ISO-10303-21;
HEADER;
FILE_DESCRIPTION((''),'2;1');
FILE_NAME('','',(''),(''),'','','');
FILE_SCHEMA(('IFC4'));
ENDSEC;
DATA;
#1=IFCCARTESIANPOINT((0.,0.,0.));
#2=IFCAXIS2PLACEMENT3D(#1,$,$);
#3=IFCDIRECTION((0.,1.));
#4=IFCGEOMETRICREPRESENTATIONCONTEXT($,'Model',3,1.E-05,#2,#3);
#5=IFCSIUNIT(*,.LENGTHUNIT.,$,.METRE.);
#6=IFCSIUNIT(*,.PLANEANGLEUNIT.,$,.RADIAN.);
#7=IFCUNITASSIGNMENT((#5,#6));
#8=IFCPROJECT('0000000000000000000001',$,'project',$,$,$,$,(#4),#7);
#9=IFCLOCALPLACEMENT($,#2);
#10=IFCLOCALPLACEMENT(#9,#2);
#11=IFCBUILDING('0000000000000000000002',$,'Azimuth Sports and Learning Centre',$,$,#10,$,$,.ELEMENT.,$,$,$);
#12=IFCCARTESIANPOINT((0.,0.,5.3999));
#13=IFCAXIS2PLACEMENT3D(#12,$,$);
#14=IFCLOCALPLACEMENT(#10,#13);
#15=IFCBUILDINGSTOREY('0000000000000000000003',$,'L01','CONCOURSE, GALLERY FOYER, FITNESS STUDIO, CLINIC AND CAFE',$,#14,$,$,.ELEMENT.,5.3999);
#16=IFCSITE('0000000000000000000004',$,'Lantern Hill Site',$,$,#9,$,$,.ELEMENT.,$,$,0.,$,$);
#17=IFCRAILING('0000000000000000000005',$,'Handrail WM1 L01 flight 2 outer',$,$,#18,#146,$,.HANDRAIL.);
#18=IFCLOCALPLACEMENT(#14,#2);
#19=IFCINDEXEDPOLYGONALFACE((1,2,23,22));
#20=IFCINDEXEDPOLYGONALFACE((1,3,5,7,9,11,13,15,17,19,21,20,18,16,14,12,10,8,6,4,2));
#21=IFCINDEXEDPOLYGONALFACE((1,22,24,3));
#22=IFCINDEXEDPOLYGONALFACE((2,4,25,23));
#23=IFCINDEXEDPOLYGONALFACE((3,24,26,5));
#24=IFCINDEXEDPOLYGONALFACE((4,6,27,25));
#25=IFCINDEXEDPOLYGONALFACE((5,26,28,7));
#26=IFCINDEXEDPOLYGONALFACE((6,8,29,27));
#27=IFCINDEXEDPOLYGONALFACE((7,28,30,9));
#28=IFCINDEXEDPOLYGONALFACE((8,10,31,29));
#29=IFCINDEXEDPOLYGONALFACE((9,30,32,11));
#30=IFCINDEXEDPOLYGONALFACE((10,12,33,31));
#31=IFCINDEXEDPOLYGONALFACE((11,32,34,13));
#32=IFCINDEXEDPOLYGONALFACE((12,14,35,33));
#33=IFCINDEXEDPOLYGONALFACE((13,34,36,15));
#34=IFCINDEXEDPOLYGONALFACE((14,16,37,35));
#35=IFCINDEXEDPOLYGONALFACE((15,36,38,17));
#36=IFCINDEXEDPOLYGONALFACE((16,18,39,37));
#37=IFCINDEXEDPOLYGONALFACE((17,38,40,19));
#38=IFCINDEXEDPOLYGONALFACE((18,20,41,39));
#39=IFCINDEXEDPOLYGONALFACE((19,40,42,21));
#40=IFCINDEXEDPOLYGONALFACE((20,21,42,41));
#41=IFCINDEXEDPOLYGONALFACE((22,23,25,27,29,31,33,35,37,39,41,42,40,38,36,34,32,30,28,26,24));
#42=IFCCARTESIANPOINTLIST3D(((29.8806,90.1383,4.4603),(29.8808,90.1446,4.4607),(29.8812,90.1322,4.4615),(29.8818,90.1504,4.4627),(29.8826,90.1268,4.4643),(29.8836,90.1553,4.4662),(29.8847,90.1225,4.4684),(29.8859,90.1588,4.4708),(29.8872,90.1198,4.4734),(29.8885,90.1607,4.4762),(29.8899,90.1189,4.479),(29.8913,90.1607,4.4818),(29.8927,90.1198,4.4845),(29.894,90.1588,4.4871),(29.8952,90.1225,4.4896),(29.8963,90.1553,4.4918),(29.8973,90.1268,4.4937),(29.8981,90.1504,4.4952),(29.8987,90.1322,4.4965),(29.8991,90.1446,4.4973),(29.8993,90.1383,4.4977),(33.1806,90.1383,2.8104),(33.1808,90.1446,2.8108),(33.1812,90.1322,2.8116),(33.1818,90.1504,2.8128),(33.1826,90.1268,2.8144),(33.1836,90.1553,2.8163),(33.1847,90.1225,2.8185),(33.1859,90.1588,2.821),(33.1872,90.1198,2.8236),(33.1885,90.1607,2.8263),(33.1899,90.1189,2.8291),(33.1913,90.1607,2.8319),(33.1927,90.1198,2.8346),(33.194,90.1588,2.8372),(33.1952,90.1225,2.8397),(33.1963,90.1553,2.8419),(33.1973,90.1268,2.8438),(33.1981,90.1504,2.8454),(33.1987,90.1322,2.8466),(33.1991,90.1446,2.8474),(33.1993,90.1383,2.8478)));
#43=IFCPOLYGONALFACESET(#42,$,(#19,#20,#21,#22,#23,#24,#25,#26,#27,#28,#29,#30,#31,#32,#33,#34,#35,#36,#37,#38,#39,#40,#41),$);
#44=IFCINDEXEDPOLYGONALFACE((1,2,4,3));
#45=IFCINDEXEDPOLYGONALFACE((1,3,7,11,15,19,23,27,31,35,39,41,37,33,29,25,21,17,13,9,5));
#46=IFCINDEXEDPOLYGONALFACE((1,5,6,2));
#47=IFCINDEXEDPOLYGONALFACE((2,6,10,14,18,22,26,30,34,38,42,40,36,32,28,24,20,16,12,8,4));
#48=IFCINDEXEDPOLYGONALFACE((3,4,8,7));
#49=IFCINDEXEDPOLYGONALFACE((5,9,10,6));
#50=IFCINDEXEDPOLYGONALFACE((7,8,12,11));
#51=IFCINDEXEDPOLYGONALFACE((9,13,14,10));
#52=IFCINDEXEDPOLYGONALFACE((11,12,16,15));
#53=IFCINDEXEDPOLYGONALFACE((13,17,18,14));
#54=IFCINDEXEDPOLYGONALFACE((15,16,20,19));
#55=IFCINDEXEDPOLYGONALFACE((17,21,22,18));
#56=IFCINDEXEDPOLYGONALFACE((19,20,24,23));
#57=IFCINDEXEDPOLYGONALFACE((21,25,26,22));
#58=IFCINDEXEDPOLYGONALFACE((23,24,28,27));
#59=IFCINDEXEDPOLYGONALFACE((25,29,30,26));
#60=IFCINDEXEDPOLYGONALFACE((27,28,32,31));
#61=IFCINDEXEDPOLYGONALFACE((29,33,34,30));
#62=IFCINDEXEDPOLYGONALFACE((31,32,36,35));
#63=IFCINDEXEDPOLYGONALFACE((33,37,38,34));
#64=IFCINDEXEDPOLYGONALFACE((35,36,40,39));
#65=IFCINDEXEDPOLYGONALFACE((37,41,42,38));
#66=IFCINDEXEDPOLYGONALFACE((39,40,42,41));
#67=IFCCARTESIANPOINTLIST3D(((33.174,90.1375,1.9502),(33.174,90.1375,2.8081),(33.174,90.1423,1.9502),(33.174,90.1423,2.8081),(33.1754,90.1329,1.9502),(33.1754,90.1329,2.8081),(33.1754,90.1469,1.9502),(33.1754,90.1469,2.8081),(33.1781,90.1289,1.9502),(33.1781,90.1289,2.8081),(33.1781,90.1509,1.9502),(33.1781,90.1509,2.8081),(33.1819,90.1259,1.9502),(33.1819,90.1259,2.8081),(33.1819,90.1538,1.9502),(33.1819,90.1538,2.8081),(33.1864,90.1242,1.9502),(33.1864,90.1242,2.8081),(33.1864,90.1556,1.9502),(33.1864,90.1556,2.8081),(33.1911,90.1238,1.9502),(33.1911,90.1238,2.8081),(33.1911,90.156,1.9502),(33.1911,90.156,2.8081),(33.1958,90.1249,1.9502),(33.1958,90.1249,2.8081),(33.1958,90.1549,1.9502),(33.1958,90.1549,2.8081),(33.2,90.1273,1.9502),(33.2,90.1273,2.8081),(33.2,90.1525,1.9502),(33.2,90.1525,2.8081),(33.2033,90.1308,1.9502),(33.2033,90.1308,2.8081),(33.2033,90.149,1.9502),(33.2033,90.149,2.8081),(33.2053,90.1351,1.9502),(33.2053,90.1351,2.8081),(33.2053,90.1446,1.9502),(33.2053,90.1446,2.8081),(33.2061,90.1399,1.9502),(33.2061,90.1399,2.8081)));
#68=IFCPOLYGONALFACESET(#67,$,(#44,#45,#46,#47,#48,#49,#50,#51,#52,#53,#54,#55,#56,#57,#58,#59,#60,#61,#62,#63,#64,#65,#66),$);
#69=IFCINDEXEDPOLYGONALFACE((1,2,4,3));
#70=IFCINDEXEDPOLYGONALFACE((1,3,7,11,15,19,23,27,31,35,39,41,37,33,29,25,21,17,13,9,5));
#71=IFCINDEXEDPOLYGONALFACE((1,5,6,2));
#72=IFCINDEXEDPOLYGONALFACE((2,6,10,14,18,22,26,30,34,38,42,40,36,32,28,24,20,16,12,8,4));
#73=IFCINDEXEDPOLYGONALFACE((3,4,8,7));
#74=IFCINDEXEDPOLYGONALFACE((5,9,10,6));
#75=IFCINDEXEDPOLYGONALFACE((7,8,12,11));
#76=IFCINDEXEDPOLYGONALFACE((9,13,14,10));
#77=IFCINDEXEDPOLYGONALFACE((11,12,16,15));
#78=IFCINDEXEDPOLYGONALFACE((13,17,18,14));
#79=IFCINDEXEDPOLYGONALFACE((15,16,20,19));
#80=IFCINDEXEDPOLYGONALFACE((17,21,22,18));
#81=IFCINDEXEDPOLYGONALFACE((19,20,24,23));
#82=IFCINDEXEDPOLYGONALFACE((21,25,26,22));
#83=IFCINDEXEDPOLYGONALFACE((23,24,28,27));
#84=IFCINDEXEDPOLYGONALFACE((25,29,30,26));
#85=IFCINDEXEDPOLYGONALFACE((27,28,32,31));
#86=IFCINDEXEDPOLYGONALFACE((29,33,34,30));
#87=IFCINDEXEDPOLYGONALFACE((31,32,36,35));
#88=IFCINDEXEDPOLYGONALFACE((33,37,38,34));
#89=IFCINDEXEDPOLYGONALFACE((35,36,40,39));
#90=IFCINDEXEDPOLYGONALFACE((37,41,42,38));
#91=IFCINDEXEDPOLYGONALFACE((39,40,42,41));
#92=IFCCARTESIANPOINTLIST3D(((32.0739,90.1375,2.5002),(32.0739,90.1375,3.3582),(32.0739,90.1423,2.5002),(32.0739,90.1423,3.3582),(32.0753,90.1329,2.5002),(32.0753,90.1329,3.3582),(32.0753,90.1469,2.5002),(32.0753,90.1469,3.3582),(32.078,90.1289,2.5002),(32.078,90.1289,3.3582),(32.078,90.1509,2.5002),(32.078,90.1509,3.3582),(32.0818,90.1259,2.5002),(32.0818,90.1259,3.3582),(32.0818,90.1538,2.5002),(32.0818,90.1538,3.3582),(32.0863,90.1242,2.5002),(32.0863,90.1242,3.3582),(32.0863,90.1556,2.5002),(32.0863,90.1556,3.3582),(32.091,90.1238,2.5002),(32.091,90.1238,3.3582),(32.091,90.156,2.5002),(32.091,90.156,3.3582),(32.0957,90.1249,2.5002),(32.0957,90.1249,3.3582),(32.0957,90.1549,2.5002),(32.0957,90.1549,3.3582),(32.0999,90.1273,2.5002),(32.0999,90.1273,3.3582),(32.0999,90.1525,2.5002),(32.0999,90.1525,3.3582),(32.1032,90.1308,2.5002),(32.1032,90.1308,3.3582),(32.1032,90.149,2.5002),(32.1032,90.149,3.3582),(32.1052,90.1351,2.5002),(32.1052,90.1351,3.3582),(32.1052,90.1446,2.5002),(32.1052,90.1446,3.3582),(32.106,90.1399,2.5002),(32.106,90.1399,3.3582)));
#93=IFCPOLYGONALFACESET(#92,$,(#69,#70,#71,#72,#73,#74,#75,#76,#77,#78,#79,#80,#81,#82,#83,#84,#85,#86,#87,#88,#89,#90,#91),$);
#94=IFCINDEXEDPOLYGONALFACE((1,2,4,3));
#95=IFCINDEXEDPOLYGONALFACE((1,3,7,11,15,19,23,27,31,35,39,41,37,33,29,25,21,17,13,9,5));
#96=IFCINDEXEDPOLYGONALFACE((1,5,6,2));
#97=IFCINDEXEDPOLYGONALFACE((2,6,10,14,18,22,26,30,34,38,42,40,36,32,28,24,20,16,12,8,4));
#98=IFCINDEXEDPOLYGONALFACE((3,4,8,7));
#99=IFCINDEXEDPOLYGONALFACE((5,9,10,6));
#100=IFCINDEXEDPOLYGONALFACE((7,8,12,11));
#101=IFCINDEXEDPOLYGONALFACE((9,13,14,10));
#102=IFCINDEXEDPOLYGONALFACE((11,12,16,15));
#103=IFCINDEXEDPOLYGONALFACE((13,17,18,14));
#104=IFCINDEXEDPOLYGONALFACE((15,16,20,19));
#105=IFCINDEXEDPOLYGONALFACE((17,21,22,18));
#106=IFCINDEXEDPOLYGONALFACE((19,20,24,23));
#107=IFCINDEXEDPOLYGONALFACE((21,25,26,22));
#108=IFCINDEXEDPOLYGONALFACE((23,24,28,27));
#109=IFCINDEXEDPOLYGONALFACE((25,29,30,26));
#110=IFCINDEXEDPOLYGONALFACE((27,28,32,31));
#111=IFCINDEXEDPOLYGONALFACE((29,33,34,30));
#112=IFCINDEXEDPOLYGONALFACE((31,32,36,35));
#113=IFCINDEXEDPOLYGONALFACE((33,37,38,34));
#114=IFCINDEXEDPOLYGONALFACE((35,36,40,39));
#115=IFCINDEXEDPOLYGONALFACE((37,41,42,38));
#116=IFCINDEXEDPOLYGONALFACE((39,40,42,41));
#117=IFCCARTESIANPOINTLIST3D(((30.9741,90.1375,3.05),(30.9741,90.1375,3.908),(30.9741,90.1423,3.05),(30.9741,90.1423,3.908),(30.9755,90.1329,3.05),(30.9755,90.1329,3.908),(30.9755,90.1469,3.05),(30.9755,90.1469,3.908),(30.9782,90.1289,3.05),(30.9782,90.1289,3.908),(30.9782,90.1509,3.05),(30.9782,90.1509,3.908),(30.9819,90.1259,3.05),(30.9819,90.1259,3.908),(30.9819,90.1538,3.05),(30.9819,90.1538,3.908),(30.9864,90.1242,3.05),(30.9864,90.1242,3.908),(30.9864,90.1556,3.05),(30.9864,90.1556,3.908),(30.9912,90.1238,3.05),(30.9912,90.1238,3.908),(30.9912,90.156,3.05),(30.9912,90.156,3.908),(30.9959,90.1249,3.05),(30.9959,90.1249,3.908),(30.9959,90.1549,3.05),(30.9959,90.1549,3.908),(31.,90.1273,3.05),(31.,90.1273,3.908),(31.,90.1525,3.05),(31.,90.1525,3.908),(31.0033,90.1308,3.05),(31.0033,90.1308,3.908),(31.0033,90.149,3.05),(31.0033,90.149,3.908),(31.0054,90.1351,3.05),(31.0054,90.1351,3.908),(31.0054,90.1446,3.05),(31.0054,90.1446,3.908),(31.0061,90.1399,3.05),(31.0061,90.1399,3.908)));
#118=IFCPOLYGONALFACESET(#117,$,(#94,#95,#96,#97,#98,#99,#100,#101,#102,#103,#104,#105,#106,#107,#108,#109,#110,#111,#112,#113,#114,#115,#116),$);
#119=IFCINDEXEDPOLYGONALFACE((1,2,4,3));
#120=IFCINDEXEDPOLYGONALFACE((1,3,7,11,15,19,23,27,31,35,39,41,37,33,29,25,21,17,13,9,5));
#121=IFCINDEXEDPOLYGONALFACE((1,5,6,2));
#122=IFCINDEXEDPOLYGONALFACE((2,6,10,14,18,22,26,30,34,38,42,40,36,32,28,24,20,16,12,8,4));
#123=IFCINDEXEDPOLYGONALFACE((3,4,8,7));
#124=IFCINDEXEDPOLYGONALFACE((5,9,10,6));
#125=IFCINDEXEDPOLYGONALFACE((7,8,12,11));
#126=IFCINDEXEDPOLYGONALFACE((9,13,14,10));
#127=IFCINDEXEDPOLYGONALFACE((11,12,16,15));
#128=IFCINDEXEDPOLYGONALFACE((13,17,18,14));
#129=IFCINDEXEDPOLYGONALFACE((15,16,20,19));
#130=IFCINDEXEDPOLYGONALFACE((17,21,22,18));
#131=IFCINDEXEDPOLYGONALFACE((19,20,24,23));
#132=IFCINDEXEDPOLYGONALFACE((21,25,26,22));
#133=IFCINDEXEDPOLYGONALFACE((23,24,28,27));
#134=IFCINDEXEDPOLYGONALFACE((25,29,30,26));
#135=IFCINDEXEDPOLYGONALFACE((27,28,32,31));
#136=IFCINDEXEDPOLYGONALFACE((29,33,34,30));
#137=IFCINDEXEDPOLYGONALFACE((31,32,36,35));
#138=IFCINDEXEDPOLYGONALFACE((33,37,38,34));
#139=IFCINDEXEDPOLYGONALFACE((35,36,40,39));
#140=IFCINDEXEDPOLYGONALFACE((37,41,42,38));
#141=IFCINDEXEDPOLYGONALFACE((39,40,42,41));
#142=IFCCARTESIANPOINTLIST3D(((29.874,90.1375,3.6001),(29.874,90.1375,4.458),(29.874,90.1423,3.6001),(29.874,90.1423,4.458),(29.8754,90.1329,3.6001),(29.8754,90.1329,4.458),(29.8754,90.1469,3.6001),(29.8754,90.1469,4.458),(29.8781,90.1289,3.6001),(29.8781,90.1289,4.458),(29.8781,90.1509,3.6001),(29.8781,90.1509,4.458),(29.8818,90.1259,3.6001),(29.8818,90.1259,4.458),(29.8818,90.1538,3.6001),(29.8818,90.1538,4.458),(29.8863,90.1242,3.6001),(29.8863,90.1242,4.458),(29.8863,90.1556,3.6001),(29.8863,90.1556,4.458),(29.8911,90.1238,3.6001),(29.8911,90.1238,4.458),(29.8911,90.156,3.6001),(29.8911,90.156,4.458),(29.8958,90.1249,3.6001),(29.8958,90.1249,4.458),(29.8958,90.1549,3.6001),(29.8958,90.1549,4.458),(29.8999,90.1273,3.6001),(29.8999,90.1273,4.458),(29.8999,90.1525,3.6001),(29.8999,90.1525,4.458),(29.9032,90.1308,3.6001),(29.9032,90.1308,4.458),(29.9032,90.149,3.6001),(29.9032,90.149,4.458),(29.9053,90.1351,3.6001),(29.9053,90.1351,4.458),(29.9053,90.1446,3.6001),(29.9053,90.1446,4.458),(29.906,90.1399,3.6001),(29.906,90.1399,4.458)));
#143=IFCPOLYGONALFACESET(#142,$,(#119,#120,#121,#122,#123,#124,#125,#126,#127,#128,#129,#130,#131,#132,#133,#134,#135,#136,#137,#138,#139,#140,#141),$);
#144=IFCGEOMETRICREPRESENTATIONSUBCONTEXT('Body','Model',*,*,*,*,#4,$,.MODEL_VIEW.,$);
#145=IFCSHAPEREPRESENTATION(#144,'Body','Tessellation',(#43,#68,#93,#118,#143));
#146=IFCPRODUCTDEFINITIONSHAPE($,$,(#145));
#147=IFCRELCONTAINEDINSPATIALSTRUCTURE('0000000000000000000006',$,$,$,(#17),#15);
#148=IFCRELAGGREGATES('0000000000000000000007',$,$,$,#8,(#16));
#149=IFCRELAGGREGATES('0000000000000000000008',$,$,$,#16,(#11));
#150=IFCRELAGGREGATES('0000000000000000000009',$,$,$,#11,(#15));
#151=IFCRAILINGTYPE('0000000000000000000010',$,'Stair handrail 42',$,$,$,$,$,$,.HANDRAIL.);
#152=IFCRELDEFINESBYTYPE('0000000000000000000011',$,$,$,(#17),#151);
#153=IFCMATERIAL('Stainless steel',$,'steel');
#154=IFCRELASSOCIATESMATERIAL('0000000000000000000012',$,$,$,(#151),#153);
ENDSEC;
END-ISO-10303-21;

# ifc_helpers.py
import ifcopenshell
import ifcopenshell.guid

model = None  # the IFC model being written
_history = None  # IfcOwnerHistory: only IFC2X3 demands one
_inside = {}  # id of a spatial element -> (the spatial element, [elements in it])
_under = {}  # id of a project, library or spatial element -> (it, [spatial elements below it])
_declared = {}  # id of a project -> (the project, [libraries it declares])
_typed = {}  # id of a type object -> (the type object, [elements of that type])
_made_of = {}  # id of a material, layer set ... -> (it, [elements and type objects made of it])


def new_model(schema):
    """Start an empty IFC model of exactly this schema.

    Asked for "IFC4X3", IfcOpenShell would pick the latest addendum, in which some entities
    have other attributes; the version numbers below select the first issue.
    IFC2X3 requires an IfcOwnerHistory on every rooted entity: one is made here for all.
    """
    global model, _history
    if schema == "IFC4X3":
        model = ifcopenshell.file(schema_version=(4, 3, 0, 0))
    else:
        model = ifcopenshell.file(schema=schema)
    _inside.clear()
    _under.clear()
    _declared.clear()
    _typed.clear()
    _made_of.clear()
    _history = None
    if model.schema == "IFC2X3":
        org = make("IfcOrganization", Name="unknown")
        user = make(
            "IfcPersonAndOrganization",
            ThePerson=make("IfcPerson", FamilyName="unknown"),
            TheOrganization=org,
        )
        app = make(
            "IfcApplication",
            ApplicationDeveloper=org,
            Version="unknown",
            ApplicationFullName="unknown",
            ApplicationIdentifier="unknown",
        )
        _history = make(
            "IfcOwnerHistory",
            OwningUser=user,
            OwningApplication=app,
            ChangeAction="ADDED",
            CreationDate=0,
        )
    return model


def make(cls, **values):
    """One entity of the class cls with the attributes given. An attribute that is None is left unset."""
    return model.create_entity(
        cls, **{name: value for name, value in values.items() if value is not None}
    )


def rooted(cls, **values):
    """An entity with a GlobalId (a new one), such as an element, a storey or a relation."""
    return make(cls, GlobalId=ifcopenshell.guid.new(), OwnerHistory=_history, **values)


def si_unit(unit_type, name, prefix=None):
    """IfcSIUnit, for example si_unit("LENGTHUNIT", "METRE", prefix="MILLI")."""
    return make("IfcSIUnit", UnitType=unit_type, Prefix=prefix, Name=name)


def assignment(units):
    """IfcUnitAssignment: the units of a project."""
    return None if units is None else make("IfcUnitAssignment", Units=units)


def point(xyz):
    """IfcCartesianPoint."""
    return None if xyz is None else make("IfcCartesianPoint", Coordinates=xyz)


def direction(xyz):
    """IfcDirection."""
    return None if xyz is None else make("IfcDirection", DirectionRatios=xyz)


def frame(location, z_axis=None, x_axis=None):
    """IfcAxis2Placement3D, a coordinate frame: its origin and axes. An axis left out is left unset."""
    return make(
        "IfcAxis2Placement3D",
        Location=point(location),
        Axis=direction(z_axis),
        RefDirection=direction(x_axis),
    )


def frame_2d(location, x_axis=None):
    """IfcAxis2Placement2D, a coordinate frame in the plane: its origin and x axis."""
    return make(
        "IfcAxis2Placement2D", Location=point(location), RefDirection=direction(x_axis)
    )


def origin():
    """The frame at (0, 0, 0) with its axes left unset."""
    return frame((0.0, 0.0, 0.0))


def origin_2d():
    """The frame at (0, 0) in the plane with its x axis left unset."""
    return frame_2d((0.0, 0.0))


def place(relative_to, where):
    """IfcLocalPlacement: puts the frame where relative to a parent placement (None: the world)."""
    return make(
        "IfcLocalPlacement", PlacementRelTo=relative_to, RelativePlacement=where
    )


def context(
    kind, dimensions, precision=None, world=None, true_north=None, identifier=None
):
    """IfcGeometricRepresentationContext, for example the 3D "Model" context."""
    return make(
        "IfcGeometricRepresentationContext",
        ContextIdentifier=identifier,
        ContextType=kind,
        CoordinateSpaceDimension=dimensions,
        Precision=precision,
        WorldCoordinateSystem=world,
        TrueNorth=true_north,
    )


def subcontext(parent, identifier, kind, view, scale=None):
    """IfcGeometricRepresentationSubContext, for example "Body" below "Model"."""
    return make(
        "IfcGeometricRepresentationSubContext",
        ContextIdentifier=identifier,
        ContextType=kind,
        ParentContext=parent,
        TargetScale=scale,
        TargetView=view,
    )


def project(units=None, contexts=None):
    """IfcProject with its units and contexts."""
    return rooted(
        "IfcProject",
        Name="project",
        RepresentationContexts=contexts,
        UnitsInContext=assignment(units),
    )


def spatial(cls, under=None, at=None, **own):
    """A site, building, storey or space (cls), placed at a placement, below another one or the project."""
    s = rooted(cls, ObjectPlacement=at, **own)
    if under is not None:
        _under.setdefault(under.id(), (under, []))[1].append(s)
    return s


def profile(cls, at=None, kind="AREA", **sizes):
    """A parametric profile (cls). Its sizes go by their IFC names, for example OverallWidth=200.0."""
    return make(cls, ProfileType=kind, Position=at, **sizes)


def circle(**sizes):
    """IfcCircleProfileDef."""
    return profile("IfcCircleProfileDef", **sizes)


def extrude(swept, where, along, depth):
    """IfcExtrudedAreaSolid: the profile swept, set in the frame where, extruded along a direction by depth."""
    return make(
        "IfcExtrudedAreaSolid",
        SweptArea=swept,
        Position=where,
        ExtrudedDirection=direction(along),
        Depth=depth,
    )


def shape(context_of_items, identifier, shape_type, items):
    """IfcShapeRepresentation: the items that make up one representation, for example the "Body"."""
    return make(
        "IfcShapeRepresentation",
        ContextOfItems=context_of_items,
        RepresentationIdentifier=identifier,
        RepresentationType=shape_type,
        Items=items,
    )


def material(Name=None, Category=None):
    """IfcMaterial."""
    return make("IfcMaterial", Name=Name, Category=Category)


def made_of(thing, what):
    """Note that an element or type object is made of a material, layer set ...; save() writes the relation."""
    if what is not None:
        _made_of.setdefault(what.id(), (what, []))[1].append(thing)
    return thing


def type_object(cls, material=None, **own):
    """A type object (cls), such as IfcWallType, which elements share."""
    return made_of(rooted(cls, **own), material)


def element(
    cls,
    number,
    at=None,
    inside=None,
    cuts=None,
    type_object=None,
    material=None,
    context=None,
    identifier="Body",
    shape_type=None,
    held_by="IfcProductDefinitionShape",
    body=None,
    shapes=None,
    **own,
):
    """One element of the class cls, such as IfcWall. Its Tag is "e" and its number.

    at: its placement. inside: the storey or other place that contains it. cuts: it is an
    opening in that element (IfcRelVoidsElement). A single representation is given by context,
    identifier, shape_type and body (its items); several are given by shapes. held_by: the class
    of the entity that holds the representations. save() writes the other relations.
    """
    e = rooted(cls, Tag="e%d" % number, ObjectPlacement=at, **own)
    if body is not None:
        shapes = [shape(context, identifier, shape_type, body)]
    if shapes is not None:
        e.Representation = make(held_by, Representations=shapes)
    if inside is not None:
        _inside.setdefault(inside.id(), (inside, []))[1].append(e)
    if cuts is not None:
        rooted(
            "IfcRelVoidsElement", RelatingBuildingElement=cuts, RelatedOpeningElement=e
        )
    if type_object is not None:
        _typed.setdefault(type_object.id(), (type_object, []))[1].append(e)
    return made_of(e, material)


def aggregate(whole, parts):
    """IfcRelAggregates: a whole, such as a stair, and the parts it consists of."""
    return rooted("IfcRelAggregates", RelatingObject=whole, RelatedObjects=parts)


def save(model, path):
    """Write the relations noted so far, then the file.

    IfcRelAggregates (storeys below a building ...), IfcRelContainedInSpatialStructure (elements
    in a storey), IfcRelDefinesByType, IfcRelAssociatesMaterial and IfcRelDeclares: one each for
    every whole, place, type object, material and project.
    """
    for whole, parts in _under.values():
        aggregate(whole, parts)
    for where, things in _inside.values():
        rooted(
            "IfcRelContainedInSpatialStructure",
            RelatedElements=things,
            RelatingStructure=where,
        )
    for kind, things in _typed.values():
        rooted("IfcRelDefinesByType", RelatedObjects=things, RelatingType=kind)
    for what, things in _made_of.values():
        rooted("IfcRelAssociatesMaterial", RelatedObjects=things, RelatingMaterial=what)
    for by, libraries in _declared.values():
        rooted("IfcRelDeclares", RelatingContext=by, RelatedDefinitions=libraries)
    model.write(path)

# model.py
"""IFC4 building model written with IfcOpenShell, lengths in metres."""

from ifc_helpers import new_model, si_unit, direction, frame, origin, origin_2d, place, context, subcontext, project, spatial, circle, extrude, material, type_object, element, save


model = new_model("IFC4")

# Units and contexts
model_context = context("Model", 3, precision=1e-05, world=origin(), true_north=direction((0.0, 1.0)))
body_context = subcontext(model_context, "Body", "Model", "MODEL_VIEW")
ifc_project = project(units=[si_unit("LENGTHUNIT", "METRE"), si_unit("PLANEANGLEUNIT", "RADIAN")], contexts=[model_context])

# Site, building, storey
site_placement = place(None, origin())
site = spatial("IfcSite", under=ifc_project, at=site_placement, Name="Lantern Hill Site", CompositionType="ELEMENT", RefElevation=0.0)
building_placement = place(site_placement, origin())
building = spatial("IfcBuilding", under=site, at=building_placement, Name="Azimuth Sports and Learning Centre", CompositionType="ELEMENT")
storey_placement = place(building_placement, frame((0.0, 0.0, 5.3999)))
storey = spatial("IfcBuildingStorey", under=building, at=storey_placement, Name="L01", Description="CONCOURSE, GALLERY FOYER, FITNESS STUDIO, CLINIC AND CAFE", CompositionType="ELEMENT", Elevation=5.3999)

# Railing
ifc_material_1 = material(Name="Stainless steel", Category="steel")
railing_type = type_object("IfcRailingType", Name="Stair handrail 42", PredefinedType="HANDRAIL", material=ifc_material_1)
for number, where, name in (
    (1, (33.1899, 90.1399, 1.9502), "Handrail WM1 L01 flight 2 outer"),
):
    element("IfcRailing", number, at=place(storey_placement, frame(where)), inside=storey, type_object=railing_type, Name=name, PredefinedType="HANDRAIL", context=body_context, shape_type="SweptSolid", body=[
        extrude(circle(Radius=0.021, at=origin_2d()), frame((0.0, 0.0, 0.8789), z_axis=(-0.89444, 0.0, 0.447187), x_axis=(0.0, -1.0, 0.0)), (0.0, 0.0, 1.0), 3.6895),
        extrude(circle(Radius=0.0161, at=origin_2d()), origin(), (0.0, 0.0, 1.0), 0.8579),
        extrude(circle(Radius=0.0161, at=origin_2d()), frame((-1.1001, 0.0, 0.55)), (0.0, 0.0, 1.0), 0.8579),
        extrude(circle(Radius=0.0161, at=origin_2d()), frame((-2.2, 0.0, 1.0999)), (0.0, 0.0, 1.0), 0.8579),
        extrude(circle(Radius=0.0161, at=origin_2d()), frame((-3.3, 0.0, 1.6499)), (0.0, 0.0, 1.0), 0.8579),
    ])

save(model, "model.ifc")
